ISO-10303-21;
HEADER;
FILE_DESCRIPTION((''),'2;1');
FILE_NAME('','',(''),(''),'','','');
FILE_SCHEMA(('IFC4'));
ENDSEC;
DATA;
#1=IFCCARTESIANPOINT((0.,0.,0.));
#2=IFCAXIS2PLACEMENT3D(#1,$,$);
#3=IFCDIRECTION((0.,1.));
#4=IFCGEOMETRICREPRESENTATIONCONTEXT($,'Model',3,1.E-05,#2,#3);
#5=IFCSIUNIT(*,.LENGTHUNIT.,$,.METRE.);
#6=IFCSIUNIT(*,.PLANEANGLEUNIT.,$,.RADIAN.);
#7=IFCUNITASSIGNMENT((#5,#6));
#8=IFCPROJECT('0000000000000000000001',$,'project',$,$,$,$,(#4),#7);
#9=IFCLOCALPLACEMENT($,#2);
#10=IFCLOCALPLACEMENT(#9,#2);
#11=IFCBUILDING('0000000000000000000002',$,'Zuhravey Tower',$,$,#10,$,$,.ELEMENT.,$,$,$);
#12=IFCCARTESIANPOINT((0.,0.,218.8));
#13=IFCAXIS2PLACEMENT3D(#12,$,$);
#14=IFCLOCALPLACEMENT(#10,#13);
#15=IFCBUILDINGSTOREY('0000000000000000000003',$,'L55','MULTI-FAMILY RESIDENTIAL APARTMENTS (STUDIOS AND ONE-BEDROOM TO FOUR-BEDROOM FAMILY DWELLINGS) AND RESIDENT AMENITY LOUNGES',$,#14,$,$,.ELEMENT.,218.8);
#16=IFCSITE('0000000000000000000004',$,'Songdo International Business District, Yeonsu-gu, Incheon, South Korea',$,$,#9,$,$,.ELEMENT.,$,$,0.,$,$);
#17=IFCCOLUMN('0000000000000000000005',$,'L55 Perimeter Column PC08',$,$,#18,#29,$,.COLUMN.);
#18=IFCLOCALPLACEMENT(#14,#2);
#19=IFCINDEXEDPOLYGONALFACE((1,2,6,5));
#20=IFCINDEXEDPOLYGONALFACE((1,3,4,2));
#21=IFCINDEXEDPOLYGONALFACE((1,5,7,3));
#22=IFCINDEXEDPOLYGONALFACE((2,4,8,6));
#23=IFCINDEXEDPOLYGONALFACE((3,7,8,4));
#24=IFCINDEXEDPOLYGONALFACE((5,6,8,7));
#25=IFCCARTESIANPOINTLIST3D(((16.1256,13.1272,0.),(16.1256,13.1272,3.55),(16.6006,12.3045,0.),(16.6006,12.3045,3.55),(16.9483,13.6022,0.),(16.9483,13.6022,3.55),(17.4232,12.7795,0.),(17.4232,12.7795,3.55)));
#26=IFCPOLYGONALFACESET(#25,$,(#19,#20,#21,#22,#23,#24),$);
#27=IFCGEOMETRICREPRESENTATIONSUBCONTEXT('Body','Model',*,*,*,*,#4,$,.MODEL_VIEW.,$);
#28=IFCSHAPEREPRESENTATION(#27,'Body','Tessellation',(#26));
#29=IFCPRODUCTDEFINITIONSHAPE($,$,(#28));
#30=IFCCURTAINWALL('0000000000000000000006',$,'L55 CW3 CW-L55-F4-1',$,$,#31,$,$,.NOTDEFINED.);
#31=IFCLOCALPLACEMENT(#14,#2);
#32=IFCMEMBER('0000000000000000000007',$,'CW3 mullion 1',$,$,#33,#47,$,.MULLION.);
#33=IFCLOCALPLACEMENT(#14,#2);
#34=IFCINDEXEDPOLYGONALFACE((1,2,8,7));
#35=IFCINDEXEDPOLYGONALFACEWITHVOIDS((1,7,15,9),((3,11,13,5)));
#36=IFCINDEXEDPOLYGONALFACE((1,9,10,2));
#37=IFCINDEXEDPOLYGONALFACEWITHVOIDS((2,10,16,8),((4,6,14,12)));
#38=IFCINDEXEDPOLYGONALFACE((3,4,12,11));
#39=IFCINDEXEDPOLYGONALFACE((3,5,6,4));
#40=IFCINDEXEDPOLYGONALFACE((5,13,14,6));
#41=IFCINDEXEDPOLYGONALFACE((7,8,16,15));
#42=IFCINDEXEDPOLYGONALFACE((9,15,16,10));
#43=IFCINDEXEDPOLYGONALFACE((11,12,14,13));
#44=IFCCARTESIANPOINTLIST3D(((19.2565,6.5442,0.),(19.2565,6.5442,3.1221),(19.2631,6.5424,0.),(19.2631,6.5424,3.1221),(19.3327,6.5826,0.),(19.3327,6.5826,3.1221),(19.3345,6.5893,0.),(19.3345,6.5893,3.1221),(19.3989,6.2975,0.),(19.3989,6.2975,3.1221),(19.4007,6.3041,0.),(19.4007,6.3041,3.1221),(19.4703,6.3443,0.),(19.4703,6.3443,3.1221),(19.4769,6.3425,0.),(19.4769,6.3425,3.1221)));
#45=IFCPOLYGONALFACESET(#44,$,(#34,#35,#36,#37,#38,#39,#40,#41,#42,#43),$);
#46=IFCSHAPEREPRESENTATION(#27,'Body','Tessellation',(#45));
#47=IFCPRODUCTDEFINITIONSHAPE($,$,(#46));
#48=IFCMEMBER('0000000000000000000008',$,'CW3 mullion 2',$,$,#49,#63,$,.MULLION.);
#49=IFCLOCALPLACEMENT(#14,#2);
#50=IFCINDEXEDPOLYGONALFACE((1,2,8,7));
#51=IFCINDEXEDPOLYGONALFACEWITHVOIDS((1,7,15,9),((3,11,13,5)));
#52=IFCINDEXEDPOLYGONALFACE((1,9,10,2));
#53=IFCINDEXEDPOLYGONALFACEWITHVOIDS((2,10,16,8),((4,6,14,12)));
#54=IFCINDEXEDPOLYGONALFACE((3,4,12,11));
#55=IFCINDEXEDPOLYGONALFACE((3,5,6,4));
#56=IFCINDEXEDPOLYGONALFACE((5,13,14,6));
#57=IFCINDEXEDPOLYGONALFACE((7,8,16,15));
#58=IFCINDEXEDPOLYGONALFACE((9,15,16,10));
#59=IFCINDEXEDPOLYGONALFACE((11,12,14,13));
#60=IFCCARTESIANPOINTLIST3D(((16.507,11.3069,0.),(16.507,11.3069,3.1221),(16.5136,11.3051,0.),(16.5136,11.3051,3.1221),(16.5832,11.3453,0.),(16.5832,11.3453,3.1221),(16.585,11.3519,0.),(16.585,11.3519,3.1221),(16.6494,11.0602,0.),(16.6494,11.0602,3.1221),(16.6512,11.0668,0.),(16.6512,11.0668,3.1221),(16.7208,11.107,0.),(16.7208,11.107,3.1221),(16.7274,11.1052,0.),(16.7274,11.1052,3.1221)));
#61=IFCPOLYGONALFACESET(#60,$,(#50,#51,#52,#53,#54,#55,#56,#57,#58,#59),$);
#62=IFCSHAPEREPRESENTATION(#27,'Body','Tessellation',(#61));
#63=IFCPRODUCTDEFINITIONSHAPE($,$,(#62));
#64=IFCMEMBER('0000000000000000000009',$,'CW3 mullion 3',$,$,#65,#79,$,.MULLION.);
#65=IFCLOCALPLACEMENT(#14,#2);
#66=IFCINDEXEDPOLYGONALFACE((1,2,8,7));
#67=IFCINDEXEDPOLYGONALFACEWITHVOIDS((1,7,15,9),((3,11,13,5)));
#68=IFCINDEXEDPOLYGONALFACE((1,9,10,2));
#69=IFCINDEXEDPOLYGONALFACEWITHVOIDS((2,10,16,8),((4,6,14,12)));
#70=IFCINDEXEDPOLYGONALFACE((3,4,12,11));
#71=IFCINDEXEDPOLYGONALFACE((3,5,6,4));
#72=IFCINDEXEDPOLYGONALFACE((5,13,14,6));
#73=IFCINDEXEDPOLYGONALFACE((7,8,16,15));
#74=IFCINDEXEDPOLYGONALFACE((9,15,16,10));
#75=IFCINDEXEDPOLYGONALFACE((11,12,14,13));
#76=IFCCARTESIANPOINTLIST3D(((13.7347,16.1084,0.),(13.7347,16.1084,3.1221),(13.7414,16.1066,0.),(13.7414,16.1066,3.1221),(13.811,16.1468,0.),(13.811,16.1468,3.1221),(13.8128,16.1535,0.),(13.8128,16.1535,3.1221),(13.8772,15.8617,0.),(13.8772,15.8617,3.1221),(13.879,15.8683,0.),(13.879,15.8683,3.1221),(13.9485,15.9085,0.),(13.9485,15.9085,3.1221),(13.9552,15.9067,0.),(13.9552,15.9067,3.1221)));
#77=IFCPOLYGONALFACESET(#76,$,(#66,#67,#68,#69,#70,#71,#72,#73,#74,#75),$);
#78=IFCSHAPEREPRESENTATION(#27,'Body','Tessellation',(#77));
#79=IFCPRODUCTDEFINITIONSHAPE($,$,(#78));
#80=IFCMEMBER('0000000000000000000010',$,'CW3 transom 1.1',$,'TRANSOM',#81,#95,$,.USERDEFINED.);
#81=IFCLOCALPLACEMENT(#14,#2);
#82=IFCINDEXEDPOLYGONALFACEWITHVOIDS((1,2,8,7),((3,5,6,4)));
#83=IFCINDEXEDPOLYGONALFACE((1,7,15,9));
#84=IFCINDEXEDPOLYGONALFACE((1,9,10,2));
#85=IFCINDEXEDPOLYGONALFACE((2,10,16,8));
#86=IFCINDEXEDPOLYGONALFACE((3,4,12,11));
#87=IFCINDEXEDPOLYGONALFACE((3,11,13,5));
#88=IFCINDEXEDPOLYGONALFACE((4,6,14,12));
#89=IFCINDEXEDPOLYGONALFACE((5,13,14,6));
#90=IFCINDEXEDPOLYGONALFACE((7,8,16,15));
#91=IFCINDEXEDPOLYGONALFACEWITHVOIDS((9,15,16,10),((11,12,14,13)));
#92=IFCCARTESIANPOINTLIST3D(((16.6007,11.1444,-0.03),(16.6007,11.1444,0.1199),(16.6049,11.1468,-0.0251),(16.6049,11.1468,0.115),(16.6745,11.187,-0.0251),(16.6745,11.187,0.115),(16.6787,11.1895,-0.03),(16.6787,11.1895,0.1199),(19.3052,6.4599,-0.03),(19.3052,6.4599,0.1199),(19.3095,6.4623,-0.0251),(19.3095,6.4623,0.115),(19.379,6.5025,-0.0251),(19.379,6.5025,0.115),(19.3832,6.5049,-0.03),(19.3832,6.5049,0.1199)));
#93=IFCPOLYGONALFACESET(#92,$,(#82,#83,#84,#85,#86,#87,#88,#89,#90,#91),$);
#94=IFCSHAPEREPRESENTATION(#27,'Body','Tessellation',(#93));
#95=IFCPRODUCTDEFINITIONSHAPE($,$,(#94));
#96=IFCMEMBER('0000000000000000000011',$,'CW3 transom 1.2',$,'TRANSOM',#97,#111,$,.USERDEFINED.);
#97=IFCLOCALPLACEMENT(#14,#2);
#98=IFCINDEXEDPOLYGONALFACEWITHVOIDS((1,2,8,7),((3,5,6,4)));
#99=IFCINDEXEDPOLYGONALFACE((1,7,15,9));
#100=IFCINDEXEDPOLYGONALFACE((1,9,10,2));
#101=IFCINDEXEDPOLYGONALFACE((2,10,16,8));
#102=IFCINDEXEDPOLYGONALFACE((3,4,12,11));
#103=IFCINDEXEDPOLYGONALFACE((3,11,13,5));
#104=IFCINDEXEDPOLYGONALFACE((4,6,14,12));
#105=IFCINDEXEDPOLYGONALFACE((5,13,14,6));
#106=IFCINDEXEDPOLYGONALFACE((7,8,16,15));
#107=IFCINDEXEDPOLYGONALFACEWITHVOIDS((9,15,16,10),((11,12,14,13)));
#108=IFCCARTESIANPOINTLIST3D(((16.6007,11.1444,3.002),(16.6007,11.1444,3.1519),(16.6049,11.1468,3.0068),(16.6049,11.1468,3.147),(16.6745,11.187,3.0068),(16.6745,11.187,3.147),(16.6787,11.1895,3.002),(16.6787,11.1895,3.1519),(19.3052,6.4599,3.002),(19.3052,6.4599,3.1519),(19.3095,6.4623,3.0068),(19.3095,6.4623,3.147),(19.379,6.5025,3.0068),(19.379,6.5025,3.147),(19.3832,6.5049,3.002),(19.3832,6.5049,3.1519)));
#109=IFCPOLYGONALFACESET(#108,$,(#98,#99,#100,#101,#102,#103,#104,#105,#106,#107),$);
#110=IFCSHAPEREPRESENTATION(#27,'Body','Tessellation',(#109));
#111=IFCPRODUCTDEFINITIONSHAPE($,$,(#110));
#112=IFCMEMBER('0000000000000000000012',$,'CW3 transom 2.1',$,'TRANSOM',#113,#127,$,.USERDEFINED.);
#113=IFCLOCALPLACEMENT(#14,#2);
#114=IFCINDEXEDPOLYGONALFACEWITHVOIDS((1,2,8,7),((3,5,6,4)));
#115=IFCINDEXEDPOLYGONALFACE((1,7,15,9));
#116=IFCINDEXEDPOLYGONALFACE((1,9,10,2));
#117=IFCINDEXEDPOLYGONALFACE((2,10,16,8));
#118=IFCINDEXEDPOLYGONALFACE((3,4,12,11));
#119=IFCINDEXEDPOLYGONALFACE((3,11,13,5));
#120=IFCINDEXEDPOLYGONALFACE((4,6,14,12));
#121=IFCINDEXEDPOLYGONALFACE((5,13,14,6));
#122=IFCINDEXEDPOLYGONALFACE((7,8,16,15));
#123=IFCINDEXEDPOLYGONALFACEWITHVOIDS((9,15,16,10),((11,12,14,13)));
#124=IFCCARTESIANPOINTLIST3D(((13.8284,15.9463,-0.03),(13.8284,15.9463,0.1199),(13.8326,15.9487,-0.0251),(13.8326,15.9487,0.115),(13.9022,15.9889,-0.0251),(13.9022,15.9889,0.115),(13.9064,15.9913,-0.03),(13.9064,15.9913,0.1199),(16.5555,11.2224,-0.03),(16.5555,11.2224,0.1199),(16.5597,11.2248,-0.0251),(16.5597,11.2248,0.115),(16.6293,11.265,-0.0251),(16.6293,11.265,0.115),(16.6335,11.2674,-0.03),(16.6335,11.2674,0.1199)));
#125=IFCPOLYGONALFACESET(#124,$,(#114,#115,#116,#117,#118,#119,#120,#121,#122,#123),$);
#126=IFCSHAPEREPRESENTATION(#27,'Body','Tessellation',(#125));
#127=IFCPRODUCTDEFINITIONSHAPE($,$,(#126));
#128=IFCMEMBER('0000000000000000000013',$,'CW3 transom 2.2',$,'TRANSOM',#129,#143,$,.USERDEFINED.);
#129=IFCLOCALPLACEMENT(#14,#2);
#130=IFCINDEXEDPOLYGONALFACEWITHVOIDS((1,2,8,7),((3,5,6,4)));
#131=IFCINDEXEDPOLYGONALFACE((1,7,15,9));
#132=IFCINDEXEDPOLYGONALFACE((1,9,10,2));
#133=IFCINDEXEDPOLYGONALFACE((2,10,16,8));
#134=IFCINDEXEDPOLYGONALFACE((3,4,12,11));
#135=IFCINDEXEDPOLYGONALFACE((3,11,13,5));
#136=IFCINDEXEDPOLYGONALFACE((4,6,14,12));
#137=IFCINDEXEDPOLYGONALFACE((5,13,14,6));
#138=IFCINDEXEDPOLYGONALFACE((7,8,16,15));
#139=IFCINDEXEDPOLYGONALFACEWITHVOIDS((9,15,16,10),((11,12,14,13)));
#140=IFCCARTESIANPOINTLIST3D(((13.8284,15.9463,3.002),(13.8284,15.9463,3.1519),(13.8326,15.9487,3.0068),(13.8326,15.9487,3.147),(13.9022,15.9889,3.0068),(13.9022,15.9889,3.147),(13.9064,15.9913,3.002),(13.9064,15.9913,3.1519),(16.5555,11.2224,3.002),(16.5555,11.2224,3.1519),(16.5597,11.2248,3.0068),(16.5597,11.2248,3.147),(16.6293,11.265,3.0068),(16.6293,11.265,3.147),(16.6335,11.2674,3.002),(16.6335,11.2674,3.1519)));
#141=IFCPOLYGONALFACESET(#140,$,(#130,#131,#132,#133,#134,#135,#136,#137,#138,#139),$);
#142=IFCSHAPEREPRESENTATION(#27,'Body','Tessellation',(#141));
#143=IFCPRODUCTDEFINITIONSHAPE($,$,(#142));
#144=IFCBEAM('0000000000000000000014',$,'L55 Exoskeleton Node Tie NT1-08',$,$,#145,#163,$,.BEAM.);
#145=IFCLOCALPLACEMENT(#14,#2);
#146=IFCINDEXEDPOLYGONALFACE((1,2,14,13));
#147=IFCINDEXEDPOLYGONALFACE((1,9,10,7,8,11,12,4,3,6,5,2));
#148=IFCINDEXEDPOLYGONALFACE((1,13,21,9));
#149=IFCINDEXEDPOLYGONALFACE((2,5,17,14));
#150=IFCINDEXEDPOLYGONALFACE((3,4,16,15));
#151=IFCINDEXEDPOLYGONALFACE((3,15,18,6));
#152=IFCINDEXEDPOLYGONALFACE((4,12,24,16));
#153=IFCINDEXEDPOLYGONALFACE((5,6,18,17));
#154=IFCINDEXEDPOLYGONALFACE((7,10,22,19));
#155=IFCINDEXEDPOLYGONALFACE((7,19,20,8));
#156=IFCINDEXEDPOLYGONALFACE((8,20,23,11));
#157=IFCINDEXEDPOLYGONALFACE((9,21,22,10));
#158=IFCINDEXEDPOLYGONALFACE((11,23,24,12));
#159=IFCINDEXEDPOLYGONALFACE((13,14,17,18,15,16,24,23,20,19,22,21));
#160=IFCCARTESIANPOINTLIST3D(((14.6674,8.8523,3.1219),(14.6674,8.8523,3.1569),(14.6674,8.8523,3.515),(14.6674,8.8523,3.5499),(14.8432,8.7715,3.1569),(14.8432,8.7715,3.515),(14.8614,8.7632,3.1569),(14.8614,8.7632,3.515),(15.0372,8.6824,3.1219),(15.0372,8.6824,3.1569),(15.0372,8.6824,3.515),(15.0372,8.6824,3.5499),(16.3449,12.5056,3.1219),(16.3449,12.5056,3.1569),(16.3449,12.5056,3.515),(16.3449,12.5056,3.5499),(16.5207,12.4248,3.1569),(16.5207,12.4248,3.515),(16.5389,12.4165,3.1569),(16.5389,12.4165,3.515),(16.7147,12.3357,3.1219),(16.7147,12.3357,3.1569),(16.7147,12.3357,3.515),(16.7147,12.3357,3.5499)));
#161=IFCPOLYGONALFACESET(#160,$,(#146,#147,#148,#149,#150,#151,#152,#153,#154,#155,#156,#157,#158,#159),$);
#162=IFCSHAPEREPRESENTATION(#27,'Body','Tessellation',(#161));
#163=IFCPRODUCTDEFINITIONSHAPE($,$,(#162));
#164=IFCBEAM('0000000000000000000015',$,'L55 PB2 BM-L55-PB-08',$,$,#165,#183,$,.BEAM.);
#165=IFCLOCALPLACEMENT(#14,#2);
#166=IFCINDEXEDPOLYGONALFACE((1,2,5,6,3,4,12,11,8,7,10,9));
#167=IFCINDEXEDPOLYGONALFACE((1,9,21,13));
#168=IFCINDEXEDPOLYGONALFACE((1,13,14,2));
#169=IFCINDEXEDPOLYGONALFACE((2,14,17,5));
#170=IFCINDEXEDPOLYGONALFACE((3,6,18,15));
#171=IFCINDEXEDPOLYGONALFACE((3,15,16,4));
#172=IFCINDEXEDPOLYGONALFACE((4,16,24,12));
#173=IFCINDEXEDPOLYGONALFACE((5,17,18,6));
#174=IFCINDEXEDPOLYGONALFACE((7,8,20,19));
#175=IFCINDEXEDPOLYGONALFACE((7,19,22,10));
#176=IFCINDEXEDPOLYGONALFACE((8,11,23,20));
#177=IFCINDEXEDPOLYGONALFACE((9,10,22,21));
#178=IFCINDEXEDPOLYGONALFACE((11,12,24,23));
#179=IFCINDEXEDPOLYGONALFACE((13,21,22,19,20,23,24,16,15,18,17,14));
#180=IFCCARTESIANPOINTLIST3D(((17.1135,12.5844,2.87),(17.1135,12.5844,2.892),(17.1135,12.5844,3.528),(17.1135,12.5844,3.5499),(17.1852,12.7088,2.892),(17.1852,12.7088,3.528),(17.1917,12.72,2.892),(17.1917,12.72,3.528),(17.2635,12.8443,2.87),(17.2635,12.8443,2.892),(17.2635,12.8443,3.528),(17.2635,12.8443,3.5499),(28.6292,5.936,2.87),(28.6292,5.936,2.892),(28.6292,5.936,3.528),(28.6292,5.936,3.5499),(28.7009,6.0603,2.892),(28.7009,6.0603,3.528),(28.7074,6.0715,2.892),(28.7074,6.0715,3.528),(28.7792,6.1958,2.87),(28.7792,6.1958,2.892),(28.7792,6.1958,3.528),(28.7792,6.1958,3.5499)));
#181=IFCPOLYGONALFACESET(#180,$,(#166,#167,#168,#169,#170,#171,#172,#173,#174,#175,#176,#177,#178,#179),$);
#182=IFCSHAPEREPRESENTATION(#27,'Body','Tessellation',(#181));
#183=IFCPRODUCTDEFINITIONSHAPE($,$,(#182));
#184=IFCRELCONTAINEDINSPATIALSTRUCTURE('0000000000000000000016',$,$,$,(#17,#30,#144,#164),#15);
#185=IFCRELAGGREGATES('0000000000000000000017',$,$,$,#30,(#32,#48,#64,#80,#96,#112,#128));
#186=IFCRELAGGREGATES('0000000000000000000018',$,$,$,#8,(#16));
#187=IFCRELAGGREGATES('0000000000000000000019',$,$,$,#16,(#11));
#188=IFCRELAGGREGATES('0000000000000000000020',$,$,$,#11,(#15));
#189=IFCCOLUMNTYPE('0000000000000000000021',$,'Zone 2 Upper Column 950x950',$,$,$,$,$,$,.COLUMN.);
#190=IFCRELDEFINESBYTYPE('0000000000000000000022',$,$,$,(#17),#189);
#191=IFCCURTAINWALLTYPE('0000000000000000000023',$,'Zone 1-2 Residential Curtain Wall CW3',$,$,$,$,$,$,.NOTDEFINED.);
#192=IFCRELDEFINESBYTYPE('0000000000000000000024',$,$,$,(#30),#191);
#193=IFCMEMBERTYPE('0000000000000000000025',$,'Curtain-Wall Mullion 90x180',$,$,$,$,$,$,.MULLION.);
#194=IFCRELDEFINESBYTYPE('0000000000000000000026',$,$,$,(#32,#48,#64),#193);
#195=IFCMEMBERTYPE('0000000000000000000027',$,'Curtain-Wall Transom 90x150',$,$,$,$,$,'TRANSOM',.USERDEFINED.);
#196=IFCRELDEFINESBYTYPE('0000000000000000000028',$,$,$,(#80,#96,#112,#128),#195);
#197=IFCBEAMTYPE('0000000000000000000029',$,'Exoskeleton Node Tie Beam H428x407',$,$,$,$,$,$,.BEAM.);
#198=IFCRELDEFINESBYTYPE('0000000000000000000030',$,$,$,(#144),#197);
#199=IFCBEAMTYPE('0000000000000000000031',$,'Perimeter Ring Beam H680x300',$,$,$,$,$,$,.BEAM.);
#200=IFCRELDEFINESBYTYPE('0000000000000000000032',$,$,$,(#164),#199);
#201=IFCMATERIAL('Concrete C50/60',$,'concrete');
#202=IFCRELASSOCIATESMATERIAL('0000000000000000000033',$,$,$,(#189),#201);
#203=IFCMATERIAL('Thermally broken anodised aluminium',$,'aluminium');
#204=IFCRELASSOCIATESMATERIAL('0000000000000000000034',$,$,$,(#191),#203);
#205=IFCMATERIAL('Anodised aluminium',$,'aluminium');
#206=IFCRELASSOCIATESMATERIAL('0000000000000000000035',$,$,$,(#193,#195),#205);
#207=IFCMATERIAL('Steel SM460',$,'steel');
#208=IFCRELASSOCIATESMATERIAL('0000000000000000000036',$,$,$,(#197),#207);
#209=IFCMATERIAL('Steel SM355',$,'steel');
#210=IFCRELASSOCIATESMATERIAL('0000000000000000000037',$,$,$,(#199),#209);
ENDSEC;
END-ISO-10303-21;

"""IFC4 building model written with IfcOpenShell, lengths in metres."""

from ifc_helpers import new_model, si_unit, direction, frame, origin, origin_2d, place, context, subcontext, project, spatial, rectangle, hollow_rectangle, i_section, extrude, material, material_profile, profile_set, type_object, element, aggregate, save


model = new_model("IFC4")

# Units and contexts
model_context = context("Model", 3, precision=1e-05, world=origin(), true_north=direction((0.0, 1.0)))
body_context = subcontext(model_context, "Body", "Model", "MODEL_VIEW")
ifc_project = project(units=[si_unit("LENGTHUNIT", "METRE"), si_unit("PLANEANGLEUNIT", "RADIAN")], contexts=[model_context])

# Site, building, storey
site_placement = place(None, origin())
site = spatial("IfcSite", under=ifc_project, at=site_placement, Name="Songdo International Business District, Yeonsu-gu, Incheon, South Korea", CompositionType="ELEMENT", RefElevation=0.0)
building_placement = place(site_placement, origin())
building = spatial("IfcBuilding", under=site, at=building_placement, Name="Zuhravey Tower", CompositionType="ELEMENT")
storey_placement = place(building_placement, frame((0.0, 0.0, 218.8)))
storey = spatial("IfcBuildingStorey", under=building, at=storey_placement, Name="L55", Description="MULTI-FAMILY RESIDENTIAL APARTMENTS (STUDIOS AND ONE-BEDROOM TO FOUR-BEDROOM FAMILY DWELLINGS) AND RESIDENT AMENITY LOUNGES", CompositionType="ELEMENT", Elevation=218.8)

# Column
ifc_material_1 = material(Name="Concrete C50/60", Category="concrete")
ifc_material_profile_1 = material_profile(ifc_material_1, rectangle(XDim=0.95, YDim=0.95, at=origin_2d()), Name="RC-950x950")
ifc_profile_set_1 = profile_set([ifc_material_profile_1], Name="Concrete C50/60")
column_type = type_object("IfcColumnType", Name="Zone 2 Upper Column 950x950", PredefinedType="COLUMN", material=ifc_profile_set_1)
column_placement = place(storey_placement, frame((16.7744, 12.9534, 0.0), z_axis=(0.0, 0.0, 1.0), x_axis=(0.5, -0.866025, 0.0)))
element("IfcColumn", 1, at=column_placement, inside=storey, type_object=column_type, Name="L55 Perimeter Column PC08", PredefinedType="COLUMN", context=body_context, shape_type="SweptSolid", body=[
    extrude(rectangle(XDim=0.95, YDim=0.95, at=origin_2d()), origin(), (0.0, 0.0, 1.0), 3.55),
])

# Curtain wall, members
ifc_material_2 = material(Name="Thermally broken anodised aluminium", Category="aluminium")
curtain_wall_type = type_object("IfcCurtainWallType", Name="Zone 1-2 Residential Curtain Wall CW3", PredefinedType="NOTDEFINED", material=ifc_material_2)
curtain_wall_placement = place(storey_placement, origin())
curtain_wall = element("IfcCurtainWall", 2, at=curtain_wall_placement, inside=storey, type_object=curtain_wall_type, Name="L55 CW3 CW-L55-F4-1", PredefinedType="NOTDEFINED")
ifc_material_3 = material(Name="Anodised aluminium", Category="aluminium")
ifc_material_profile_2 = material_profile(ifc_material_3, hollow_rectangle(XDim=0.0901, YDim=0.2849, WallThickness=0.0049, at=origin_2d()), Name="ALU-RHS-90x285x5")
ifc_profile_set_2 = profile_set([ifc_material_profile_2], Name="Anodised aluminium")
member_type_1 = type_object("IfcMemberType", Name="Curtain-Wall Mullion 90x180", PredefinedType="MULLION", material=ifc_profile_set_2)
member_1_placement = place(storey_placement, frame((19.3667, 6.4434, 0.0), z_axis=(0.0, 0.0, 1.0), x_axis=(-0.866025, -0.5, 0.0)))
member_1 = element("IfcMember", 3, at=member_1_placement, type_object=member_type_1, Name="CW3 mullion 1", PredefinedType="MULLION", context=body_context, shape_type="SweptSolid", body=[
    extrude(hollow_rectangle(XDim=0.0901, YDim=0.2849, WallThickness=0.0049, at=origin_2d()), origin(), (0.0, 0.0, 1.0), 3.1221),
])
member_2_placement = place(storey_placement, frame((16.6172, 11.2061, 0.0), z_axis=(0.0, 0.0, 1.0), x_axis=(-0.866025, -0.5, 0.0)))
member_2 = element("IfcMember", 4, at=member_2_placement, type_object=member_type_1, Name="CW3 mullion 2", PredefinedType="MULLION", context=body_context, shape_type="SweptSolid", body=[
    extrude(hollow_rectangle(XDim=0.0901, YDim=0.2849, WallThickness=0.0049, at=origin_2d()), origin(), (0.0, 0.0, 1.0), 3.1221),
])
member_3_placement = place(storey_placement, frame((13.845, 16.0076, 0.0), z_axis=(0.0, 0.0, 1.0), x_axis=(-0.866025, -0.5, 0.0)))
member_3 = element("IfcMember", 5, at=member_3_placement, type_object=member_type_1, Name="CW3 mullion 3", PredefinedType="MULLION", context=body_context, shape_type="SweptSolid", body=[
    extrude(hollow_rectangle(XDim=0.0901, YDim=0.2849, WallThickness=0.0049, at=origin_2d()), origin(), (0.0, 0.0, 1.0), 3.1221),
])
ifc_material_profile_3 = material_profile(ifc_material_3, hollow_rectangle(XDim=0.0901, YDim=0.1499, WallThickness=0.0049, at=origin_2d()), Name="ALU-RHS-90x150x5")
ifc_profile_set_3 = profile_set([ifc_material_profile_3], Name="Anodised aluminium")
member_type_2 = type_object("IfcMemberType", Name="Curtain-Wall Transom 90x150", ElementType="TRANSOM", PredefinedType="USERDEFINED", material=ifc_profile_set_3)
member_4_placement = place(storey_placement, frame((19.3442, 6.4824, 0.0449), z_axis=(-0.499993, 0.866029, 0.0), x_axis=(-0.866029, -0.499993, 0.0)))
member_4 = element("IfcMember", 6, at=member_4_placement, type_object=member_type_2, Name="CW3 transom 1.1", ObjectType="TRANSOM", PredefinedType="USERDEFINED", context=body_context, shape_type="SweptSolid", body=[
    extrude(hollow_rectangle(XDim=0.0901, YDim=0.1499, WallThickness=0.0049, at=origin_2d()), origin(), (0.0, 0.0, 1.0), 5.4092),
])
member_5_placement = place(storey_placement, frame((19.3442, 6.4824, 3.0769), z_axis=(-0.499993, 0.866029, 0.0), x_axis=(-0.866029, -0.499993, 0.0)))
member_5 = element("IfcMember", 7, at=member_5_placement, type_object=member_type_2, Name="CW3 transom 1.2", ObjectType="TRANSOM", PredefinedType="USERDEFINED", context=body_context, shape_type="SweptSolid", body=[
    extrude(hollow_rectangle(XDim=0.0901, YDim=0.1499, WallThickness=0.0049, at=origin_2d()), origin(), (0.0, 0.0, 1.0), 5.4092),
])
member_6_placement = place(storey_placement, frame((16.5945, 11.2449, 0.0449), z_axis=(-0.499961, 0.866048, 0.0), x_axis=(-0.866048, -0.499961, 0.0)))
member_6 = element("IfcMember", 8, at=member_6_placement, type_object=member_type_2, Name="CW3 transom 2.1", ObjectType="TRANSOM", PredefinedType="USERDEFINED", context=body_context, shape_type="SweptSolid", body=[
    extrude(hollow_rectangle(XDim=0.0901, YDim=0.1499, WallThickness=0.0049, at=origin_2d()), origin(), (0.0, 0.0, 1.0), 5.4546),
])
member_7_placement = place(storey_placement, frame((16.5945, 11.2449, 3.0769), z_axis=(-0.499961, 0.866048, 0.0), x_axis=(-0.866048, -0.499961, 0.0)))
member_7 = element("IfcMember", 9, at=member_7_placement, type_object=member_type_2, Name="CW3 transom 2.2", ObjectType="TRANSOM", PredefinedType="USERDEFINED", context=body_context, shape_type="SweptSolid", body=[
    extrude(hollow_rectangle(XDim=0.0901, YDim=0.1499, WallThickness=0.0049, at=origin_2d()), origin(), (0.0, 0.0, 1.0), 5.4546),
])

# Beams
ifc_material_4 = material(Name="Steel SM460", Category="steel")
ifc_material_profile_4 = material_profile(ifc_material_4, i_section(OverallWidth=0.407, OverallDepth=0.428, WebThickness=0.02, FlangeThickness=0.0349, at=origin_2d()), Name="H-428x407x20x35")
ifc_profile_set_4 = profile_set([ifc_material_profile_4], Name="Steel SM460")
beam_type_1 = type_object("IfcBeamType", Name="Exoskeleton Node Tie Beam H428x407", PredefinedType="BEAM", material=ifc_profile_set_4)
beam_1_placement = place(storey_placement, frame((16.5298, 12.4207, 3.3359), z_axis=(-0.417282, -0.908777, 0.0), x_axis=(0.908777, -0.417282, 0.0)))
element("IfcBeam", 10, at=beam_1_placement, inside=storey, type_object=beam_type_1, Name="L55 Exoskeleton Node Tie NT1-08", PredefinedType="BEAM", context=body_context, shape_type="SweptSolid", body=[
    extrude(i_section(OverallWidth=0.407, OverallDepth=0.428, WebThickness=0.02, FlangeThickness=0.0349, at=origin_2d()), origin(), (0.0, 0.0, 1.0), 4.02),
])
ifc_material_5 = material(Name="Steel SM355", Category="steel")
ifc_material_profile_5 = material_profile(ifc_material_5, i_section(OverallWidth=0.3, OverallDepth=0.6799, WebThickness=0.0129, FlangeThickness=0.022, at=origin_2d()), Name="H-680x300x13x22")
ifc_profile_set_5 = profile_set([ifc_material_profile_5], Name="Steel SM355")
beam_type_2 = type_object("IfcBeamType", Name="Perimeter Ring Beam H680x300", PredefinedType="BEAM", material=ifc_profile_set_5)
beam_2_placement = place(storey_placement, frame((17.1885, 12.7144, 3.21), z_axis=(0.866029, -0.499994, 0.0), x_axis=(0.499994, 0.866029, 0.0)))
element("IfcBeam", 11, at=beam_2_placement, inside=storey, type_object=beam_type_2, Name="L55 PB2 BM-L55-PB-08", PredefinedType="BEAM", context=body_context, shape_type="SweptSolid", body=[
    extrude(i_section(OverallWidth=0.3, OverallDepth=0.6799, WebThickness=0.0129, FlangeThickness=0.022, at=origin_2d()), origin(), (0.0, 0.0, 1.0), 13.2971),
])

aggregate(curtain_wall, [member_1, member_2, member_3, member_4, member_5, member_6, member_7])

save(model, "model.ifc")
